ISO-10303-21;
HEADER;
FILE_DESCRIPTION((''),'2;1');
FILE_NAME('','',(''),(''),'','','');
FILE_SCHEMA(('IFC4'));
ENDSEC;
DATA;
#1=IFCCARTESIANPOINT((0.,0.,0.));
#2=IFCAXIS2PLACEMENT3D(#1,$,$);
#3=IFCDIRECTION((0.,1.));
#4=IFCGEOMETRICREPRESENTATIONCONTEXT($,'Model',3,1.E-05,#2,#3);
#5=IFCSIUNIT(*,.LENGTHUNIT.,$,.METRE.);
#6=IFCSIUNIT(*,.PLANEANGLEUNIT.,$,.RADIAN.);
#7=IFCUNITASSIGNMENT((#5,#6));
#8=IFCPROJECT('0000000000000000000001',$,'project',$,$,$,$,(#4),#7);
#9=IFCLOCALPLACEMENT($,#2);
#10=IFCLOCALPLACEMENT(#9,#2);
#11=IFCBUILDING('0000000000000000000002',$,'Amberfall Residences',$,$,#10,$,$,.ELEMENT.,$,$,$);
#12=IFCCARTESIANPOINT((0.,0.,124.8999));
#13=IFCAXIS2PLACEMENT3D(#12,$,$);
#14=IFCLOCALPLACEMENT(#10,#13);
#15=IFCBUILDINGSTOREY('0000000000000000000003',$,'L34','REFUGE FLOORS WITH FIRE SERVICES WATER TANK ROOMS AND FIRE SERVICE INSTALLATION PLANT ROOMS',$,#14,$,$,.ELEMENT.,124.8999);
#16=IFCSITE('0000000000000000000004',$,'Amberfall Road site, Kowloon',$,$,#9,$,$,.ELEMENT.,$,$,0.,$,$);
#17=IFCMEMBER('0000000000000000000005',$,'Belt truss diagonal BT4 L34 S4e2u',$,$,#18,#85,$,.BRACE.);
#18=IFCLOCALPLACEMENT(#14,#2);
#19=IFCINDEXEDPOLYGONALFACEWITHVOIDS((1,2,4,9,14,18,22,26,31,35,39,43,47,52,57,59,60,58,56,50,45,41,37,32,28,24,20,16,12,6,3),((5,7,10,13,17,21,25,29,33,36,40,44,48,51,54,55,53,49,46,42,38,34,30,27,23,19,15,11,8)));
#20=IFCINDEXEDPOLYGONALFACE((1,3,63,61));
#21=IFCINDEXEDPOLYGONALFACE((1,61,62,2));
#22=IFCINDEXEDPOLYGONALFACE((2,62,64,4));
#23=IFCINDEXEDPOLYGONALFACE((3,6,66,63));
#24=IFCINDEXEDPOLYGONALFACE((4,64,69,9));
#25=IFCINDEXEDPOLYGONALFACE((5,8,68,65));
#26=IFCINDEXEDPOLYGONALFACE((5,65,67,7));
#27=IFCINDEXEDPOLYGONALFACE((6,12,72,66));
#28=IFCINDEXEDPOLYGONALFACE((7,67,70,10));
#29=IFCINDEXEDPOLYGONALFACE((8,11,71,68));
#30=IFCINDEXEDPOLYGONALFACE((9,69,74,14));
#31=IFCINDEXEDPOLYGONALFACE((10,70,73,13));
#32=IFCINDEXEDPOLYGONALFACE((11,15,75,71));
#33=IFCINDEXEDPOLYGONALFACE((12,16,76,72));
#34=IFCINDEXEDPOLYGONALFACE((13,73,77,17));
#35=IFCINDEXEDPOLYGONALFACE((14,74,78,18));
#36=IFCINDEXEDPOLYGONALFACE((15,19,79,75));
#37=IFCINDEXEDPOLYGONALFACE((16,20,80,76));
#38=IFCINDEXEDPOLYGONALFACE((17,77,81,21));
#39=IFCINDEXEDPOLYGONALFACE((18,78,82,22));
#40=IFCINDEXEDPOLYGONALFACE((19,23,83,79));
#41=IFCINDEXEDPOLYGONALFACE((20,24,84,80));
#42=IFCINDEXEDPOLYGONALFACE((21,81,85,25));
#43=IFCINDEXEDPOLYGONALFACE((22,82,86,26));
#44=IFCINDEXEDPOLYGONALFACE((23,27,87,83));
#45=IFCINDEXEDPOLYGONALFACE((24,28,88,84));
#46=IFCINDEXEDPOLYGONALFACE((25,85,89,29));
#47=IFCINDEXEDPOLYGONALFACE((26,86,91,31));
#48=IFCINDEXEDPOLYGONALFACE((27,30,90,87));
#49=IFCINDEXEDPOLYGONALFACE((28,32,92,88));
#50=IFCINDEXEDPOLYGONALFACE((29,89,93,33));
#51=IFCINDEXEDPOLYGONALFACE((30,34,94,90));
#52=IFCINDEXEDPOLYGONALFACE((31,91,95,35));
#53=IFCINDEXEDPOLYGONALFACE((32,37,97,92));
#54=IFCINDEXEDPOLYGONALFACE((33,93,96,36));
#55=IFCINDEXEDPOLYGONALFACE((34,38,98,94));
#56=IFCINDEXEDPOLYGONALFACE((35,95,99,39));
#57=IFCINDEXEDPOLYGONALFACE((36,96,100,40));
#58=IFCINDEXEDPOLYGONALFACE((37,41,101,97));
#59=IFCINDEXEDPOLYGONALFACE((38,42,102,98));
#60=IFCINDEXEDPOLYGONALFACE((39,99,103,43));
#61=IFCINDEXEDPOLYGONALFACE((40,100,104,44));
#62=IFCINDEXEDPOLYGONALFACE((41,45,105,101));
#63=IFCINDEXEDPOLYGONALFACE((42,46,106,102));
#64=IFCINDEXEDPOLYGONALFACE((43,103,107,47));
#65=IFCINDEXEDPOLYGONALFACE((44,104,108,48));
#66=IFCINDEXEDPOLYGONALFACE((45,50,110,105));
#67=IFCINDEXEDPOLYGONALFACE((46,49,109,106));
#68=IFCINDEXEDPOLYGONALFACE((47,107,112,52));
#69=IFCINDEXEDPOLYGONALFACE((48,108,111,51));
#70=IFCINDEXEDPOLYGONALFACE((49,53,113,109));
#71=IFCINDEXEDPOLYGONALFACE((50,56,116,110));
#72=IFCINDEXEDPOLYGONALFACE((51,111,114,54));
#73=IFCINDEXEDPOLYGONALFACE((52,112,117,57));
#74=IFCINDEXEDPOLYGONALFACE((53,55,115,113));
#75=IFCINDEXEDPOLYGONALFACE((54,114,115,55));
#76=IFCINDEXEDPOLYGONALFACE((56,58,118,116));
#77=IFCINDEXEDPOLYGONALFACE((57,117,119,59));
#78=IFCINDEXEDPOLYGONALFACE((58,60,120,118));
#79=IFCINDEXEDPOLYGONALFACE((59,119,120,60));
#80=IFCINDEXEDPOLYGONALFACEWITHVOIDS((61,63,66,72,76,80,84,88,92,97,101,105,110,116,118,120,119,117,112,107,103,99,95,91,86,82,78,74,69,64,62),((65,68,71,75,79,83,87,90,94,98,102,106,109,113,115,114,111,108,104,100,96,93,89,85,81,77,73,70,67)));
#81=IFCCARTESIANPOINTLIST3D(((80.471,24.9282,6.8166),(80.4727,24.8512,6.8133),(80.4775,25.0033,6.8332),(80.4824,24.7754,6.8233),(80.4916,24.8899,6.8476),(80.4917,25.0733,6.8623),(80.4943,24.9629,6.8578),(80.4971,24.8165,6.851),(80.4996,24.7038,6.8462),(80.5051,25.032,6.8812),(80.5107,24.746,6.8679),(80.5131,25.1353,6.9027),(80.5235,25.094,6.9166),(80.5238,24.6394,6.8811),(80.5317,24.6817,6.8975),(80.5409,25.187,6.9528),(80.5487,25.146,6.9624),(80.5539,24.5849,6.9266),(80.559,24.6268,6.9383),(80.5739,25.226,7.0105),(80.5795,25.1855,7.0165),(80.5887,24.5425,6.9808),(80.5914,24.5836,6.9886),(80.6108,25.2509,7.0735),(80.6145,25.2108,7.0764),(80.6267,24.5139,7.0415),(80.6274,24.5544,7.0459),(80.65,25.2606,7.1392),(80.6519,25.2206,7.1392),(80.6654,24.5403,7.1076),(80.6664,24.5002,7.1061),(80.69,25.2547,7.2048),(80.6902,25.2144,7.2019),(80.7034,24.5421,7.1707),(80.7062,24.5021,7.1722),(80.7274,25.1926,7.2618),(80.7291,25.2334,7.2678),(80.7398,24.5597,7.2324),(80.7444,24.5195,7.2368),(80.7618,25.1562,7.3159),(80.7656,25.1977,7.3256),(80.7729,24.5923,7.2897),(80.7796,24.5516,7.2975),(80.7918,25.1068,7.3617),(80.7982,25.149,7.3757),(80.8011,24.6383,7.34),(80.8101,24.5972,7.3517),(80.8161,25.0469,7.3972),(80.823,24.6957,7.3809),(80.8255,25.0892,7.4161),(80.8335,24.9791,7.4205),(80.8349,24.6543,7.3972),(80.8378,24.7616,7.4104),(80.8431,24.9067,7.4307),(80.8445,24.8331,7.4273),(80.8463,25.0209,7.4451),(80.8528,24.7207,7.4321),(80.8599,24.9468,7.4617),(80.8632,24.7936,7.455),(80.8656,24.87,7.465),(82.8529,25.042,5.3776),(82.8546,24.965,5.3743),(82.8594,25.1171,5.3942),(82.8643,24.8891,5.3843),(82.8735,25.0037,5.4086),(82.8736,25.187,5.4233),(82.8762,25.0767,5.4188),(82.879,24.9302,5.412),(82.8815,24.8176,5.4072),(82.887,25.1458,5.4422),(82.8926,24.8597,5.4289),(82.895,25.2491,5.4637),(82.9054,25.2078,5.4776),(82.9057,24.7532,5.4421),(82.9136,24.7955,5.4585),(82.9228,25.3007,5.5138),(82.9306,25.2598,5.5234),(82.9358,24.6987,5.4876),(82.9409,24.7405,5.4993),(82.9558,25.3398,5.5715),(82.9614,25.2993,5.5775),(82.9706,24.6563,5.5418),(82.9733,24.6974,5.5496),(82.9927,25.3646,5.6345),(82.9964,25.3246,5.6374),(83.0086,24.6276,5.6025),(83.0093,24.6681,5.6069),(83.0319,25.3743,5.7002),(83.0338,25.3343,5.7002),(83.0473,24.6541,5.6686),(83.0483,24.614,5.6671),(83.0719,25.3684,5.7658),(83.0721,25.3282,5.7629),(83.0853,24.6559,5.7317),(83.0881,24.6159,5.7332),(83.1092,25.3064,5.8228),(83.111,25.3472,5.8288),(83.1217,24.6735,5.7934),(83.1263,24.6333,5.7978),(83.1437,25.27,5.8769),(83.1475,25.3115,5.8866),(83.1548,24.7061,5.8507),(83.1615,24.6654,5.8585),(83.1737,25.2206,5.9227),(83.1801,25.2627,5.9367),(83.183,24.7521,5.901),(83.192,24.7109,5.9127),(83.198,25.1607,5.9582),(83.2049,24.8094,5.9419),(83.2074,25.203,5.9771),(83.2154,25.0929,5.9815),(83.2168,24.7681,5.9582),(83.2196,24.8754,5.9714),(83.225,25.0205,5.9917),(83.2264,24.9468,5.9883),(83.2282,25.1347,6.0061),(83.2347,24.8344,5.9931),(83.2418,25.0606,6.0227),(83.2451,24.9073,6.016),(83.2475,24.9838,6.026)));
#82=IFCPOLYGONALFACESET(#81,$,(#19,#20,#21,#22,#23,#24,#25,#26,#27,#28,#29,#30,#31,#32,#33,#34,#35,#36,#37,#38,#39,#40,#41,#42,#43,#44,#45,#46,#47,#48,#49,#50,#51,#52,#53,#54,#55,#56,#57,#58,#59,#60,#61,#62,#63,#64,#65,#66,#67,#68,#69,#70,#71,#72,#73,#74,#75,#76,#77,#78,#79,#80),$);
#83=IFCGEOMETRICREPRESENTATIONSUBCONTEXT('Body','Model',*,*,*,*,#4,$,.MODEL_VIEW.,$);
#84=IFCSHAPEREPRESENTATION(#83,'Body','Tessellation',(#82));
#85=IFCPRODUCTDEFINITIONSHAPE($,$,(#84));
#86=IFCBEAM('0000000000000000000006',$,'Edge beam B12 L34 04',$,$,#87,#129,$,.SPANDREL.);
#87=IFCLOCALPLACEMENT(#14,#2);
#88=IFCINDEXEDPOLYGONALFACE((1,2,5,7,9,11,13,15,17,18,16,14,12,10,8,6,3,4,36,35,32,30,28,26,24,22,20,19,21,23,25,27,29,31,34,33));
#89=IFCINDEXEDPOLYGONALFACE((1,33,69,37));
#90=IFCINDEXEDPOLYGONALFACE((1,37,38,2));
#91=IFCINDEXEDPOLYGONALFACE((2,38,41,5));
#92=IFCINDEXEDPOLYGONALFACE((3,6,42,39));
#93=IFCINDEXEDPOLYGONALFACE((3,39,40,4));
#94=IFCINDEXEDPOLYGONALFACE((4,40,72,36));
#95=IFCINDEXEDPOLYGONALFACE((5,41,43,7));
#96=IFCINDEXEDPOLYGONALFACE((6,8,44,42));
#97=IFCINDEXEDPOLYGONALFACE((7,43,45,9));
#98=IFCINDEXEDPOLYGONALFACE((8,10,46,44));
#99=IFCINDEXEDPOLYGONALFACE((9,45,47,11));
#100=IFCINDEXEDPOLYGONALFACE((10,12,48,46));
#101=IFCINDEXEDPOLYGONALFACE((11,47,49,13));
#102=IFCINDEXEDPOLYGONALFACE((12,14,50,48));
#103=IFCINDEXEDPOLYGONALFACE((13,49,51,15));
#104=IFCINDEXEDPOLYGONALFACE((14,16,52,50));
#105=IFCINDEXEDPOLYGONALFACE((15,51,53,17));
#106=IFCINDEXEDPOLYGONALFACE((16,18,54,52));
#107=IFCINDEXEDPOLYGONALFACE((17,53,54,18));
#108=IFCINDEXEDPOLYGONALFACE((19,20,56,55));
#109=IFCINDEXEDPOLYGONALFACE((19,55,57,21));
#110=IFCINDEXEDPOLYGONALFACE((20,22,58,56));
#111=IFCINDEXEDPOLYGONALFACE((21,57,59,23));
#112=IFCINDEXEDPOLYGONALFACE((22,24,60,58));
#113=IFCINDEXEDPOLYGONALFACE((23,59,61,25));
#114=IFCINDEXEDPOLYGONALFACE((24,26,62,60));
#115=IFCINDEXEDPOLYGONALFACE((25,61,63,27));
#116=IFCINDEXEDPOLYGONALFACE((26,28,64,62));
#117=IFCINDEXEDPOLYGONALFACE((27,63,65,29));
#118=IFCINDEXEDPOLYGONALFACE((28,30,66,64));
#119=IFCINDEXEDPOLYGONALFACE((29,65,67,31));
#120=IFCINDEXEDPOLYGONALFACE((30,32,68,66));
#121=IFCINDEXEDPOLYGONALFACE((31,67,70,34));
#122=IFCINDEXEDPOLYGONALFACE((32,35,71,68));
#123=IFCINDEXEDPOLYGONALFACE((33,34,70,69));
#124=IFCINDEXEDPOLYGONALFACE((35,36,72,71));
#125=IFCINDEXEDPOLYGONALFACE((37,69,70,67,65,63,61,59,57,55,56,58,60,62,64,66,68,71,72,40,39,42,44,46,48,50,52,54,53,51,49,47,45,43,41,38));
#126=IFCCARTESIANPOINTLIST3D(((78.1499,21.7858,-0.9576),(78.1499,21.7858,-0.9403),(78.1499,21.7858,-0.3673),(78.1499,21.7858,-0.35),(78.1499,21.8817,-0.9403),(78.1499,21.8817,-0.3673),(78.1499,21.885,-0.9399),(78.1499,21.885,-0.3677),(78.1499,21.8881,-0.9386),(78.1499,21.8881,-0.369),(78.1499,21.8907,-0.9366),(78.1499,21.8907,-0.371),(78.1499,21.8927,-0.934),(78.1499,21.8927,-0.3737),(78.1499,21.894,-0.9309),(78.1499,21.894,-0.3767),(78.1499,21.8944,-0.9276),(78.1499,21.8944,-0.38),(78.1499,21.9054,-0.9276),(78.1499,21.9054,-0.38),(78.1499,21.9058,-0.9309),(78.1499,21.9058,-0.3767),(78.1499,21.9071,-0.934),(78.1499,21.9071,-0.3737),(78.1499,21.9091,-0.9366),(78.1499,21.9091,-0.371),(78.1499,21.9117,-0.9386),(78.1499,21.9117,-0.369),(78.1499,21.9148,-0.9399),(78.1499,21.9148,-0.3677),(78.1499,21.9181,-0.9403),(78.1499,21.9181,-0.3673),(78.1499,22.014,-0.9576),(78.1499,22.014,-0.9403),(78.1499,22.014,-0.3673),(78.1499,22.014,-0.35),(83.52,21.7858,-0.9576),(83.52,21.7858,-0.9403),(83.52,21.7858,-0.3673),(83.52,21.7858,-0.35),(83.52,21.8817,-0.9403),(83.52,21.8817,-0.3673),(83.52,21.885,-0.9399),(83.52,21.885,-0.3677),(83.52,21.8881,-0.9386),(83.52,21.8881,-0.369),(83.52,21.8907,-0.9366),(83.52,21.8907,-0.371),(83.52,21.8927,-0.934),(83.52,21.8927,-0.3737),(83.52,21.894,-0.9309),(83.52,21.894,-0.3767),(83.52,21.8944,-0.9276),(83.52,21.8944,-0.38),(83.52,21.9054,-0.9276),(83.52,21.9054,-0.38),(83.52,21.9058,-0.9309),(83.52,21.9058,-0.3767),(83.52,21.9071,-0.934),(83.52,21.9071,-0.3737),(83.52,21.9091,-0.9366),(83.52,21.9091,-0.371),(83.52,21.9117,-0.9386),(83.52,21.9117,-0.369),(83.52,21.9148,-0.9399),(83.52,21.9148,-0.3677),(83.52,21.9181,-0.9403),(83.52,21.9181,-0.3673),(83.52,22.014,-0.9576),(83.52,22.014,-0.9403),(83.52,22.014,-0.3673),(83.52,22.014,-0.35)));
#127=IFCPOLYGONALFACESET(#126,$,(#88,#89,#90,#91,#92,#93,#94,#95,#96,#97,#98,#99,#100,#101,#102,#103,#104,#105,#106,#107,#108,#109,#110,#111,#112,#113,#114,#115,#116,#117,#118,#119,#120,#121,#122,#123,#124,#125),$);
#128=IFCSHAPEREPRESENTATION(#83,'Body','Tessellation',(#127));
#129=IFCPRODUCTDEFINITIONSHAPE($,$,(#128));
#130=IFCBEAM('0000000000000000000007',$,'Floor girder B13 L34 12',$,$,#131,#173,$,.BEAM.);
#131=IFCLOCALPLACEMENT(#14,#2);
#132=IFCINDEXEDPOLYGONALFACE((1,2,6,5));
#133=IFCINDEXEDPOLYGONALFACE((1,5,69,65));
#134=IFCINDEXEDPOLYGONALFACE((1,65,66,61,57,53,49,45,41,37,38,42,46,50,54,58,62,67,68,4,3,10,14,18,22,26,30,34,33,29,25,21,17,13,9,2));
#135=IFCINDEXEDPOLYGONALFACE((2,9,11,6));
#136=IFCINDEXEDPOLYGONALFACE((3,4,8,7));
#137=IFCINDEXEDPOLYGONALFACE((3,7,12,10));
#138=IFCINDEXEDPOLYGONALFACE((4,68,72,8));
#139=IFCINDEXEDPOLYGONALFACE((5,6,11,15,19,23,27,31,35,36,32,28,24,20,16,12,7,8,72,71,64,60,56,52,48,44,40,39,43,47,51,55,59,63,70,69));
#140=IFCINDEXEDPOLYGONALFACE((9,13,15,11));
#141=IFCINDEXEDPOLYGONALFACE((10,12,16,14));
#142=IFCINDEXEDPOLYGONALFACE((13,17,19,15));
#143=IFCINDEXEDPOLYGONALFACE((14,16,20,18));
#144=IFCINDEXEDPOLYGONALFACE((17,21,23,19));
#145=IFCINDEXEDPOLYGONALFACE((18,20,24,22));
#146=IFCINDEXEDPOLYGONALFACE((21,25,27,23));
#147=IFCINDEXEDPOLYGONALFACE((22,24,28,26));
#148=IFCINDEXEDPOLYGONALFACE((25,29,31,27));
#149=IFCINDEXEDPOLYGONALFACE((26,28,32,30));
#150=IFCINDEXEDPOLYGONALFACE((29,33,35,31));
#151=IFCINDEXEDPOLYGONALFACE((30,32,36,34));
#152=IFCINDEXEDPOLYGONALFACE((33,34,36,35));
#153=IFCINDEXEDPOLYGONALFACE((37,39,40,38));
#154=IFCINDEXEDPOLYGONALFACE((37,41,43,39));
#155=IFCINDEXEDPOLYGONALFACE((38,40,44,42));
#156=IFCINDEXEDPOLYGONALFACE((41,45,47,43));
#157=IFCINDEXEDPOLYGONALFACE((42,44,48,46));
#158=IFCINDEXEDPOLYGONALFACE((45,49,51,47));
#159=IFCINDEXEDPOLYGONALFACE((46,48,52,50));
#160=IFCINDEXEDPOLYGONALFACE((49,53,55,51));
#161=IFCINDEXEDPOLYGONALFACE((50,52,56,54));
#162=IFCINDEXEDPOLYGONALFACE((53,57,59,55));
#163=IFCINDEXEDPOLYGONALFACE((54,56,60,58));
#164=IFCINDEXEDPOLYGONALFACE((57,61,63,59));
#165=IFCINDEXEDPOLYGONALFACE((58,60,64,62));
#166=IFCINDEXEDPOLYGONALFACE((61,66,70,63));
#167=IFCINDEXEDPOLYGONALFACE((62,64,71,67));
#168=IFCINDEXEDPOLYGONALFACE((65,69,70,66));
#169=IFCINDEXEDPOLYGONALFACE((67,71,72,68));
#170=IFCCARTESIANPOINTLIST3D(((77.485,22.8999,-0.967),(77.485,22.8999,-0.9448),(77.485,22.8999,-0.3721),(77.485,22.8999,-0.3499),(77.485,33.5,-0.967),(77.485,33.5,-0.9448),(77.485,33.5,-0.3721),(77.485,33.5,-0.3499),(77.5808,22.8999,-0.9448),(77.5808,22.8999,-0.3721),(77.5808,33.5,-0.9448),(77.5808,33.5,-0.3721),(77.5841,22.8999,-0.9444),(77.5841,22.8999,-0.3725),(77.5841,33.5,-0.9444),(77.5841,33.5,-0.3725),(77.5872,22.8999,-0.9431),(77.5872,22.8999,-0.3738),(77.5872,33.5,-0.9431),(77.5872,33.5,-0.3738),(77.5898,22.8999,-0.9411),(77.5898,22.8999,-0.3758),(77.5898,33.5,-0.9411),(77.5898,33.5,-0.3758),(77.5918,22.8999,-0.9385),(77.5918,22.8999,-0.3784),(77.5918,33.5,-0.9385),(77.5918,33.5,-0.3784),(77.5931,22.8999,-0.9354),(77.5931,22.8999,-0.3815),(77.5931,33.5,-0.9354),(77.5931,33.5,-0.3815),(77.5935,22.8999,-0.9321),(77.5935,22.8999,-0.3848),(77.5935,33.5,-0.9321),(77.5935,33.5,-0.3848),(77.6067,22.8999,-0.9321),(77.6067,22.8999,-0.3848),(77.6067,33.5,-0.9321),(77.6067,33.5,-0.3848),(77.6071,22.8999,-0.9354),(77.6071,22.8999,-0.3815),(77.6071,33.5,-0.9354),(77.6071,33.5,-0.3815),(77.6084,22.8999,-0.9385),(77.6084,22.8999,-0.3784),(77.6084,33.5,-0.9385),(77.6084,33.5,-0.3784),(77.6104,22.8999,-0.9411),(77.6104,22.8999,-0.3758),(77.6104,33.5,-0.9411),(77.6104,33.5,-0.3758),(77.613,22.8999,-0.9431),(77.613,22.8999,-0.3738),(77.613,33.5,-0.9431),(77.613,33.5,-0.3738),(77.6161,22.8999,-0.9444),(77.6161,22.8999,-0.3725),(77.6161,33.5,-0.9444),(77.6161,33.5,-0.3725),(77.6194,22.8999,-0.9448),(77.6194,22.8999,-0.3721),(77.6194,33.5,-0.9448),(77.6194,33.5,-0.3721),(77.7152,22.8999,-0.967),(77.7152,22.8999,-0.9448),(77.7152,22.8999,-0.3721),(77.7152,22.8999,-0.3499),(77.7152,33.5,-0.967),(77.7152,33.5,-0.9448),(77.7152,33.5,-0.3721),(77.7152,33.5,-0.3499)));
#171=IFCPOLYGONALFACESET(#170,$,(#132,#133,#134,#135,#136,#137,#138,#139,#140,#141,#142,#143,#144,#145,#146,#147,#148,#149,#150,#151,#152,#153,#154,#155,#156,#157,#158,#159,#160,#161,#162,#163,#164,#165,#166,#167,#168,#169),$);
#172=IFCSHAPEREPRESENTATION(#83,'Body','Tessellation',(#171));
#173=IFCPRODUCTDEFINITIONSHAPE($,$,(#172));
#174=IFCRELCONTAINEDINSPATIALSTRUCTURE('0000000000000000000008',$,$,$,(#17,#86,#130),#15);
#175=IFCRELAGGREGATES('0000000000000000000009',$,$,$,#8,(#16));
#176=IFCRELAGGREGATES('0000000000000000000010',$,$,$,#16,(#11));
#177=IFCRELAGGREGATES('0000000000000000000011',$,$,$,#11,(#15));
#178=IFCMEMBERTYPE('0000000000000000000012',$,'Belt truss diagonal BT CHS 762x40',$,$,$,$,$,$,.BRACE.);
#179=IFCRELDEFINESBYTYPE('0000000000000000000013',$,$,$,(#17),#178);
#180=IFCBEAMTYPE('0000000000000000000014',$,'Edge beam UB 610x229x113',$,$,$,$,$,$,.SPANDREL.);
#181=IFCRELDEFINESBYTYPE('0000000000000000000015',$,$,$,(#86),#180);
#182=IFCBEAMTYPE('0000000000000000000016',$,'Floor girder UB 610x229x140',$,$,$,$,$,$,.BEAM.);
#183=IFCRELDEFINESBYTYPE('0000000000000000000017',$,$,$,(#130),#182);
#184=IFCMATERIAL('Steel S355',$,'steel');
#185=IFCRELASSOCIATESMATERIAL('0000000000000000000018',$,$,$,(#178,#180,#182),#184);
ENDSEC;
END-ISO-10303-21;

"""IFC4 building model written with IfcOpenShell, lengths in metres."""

from ifc_helpers import new_model, si_unit, direction, frame, origin, origin_2d, place, context, subcontext, project, spatial, hollow_circle, i_section, extrude, material, material_profile, profile_set, type_object, element, save


model = new_model("IFC4")

# Units and contexts
model_context = context("Model", 3, precision=1e-05, world=origin(), true_north=direction((0.0, 1.0)))
body_context = subcontext(model_context, "Body", "Model", "MODEL_VIEW")
ifc_project = project(units=[si_unit("LENGTHUNIT", "METRE"), si_unit("PLANEANGLEUNIT", "RADIAN")], contexts=[model_context])

# Site, building, storey
site_placement = place(None, origin())
site = spatial("IfcSite", under=ifc_project, at=site_placement, Name="Amberfall Road site, Kowloon", CompositionType="ELEMENT", RefElevation=0.0)
building_placement = place(site_placement, origin())
building = spatial("IfcBuilding", under=site, at=building_placement, Name="Amberfall Residences", CompositionType="ELEMENT")
storey_placement = place(building_placement, frame((0.0, 0.0, 124.8999)))
storey = spatial("IfcBuildingStorey", under=building, at=storey_placement, Name="L34", Description="REFUGE FLOORS WITH FIRE SERVICES WATER TANK ROOMS AND FIRE SERVICE INSTALLATION PLANT ROOMS", CompositionType="ELEMENT", Elevation=124.8999)

# Shared definitions
ifc_material_1 = material(Name="Steel S355", Category="steel")

# Member
ifc_material_profile_1 = material_profile(ifc_material_1, hollow_circle(Radius=0.3811, WallThickness=0.04, at=origin_2d()), Name="CHS 762x40")
ifc_profile_set_1 = profile_set([ifc_material_profile_1], Name="Steel S355")
member_type_1 = type_object("IfcMemberType", Name="Belt truss diagonal BT CHS 762x40", PredefinedType="BRACE", material=ifc_profile_set_1)
member_1_placement = place(storey_placement, frame((80.6682, 24.8799, 7.1392), z_axis=(0.855211, 0.04085, -0.516668), x_axis=(-0.047711, 0.998861, 0.0)))
element("IfcMember", 1, at=member_1_placement, inside=storey, type_object=member_type_1, Name="Belt truss diagonal BT4 L34 S4e2u", PredefinedType="BRACE", context=body_context, shape_type="SweptSolid", body=[
    extrude(hollow_circle(Radius=0.3811, WallThickness=0.04, at=origin_2d()), origin(), (0.0, 0.0, 1.0), 2.7852),
])

# Beams
ifc_material_profile_2 = material_profile(ifc_material_1, i_section(OverallWidth=0.2283, OverallDepth=0.6077, WebThickness=0.011, FlangeThickness=0.0173, FilletRadius=0.0127, at=origin_2d()), Name="UB 610x229x113")
ifc_profile_set_2 = profile_set([ifc_material_profile_2], Name="Steel S355")
beam_type_1 = type_object("IfcBeamType", Name="Edge beam UB 610x229x113", PredefinedType="SPANDREL", material=ifc_profile_set_2)
beam_1_placement = place(storey_placement, frame((78.1499, 21.8999, -0.6538), z_axis=(1.0, 0.0, 0.0), x_axis=(0.0, 1.0, 0.0)))
element("IfcBeam", 2, at=beam_1_placement, inside=storey, type_object=beam_type_1, Name="Edge beam B12 L34 04", PredefinedType="SPANDREL", context=body_context, shape_type="SweptSolid", body=[
    extrude(i_section(OverallWidth=0.2283, OverallDepth=0.6077, WebThickness=0.011, FlangeThickness=0.0173, FilletRadius=0.0127, at=origin_2d()), origin(), (0.0, 0.0, 1.0), 5.3701),
])
ifc_material_profile_3 = material_profile(ifc_material_1, i_section(OverallWidth=0.2302, OverallDepth=0.6172, WebThickness=0.0132, FlangeThickness=0.0222, FilletRadius=0.0127, at=origin_2d()), Name="UB 610x229x140")
ifc_profile_set_3 = profile_set([ifc_material_profile_3], Name="Steel S355")
beam_type_2 = type_object("IfcBeamType", Name="Floor girder UB 610x229x140", PredefinedType="BEAM", material=ifc_profile_set_3)
beam_2_placement = place(storey_placement, frame((77.6001, 22.8999, -0.6584), z_axis=(0.0, 1.0, 0.0), x_axis=(-1.0, 0.0, 0.0)))
element("IfcBeam", 3, at=beam_2_placement, inside=storey, type_object=beam_type_2, Name="Floor girder B13 L34 12", PredefinedType="BEAM", context=body_context, shape_type="SweptSolid", body=[
    extrude(i_section(OverallWidth=0.2302, OverallDepth=0.6172, WebThickness=0.0132, FlangeThickness=0.0222, FilletRadius=0.0127, at=origin_2d()), origin(), (0.0, 0.0, 1.0), 10.6001),
])

save(model, "model.ifc")
